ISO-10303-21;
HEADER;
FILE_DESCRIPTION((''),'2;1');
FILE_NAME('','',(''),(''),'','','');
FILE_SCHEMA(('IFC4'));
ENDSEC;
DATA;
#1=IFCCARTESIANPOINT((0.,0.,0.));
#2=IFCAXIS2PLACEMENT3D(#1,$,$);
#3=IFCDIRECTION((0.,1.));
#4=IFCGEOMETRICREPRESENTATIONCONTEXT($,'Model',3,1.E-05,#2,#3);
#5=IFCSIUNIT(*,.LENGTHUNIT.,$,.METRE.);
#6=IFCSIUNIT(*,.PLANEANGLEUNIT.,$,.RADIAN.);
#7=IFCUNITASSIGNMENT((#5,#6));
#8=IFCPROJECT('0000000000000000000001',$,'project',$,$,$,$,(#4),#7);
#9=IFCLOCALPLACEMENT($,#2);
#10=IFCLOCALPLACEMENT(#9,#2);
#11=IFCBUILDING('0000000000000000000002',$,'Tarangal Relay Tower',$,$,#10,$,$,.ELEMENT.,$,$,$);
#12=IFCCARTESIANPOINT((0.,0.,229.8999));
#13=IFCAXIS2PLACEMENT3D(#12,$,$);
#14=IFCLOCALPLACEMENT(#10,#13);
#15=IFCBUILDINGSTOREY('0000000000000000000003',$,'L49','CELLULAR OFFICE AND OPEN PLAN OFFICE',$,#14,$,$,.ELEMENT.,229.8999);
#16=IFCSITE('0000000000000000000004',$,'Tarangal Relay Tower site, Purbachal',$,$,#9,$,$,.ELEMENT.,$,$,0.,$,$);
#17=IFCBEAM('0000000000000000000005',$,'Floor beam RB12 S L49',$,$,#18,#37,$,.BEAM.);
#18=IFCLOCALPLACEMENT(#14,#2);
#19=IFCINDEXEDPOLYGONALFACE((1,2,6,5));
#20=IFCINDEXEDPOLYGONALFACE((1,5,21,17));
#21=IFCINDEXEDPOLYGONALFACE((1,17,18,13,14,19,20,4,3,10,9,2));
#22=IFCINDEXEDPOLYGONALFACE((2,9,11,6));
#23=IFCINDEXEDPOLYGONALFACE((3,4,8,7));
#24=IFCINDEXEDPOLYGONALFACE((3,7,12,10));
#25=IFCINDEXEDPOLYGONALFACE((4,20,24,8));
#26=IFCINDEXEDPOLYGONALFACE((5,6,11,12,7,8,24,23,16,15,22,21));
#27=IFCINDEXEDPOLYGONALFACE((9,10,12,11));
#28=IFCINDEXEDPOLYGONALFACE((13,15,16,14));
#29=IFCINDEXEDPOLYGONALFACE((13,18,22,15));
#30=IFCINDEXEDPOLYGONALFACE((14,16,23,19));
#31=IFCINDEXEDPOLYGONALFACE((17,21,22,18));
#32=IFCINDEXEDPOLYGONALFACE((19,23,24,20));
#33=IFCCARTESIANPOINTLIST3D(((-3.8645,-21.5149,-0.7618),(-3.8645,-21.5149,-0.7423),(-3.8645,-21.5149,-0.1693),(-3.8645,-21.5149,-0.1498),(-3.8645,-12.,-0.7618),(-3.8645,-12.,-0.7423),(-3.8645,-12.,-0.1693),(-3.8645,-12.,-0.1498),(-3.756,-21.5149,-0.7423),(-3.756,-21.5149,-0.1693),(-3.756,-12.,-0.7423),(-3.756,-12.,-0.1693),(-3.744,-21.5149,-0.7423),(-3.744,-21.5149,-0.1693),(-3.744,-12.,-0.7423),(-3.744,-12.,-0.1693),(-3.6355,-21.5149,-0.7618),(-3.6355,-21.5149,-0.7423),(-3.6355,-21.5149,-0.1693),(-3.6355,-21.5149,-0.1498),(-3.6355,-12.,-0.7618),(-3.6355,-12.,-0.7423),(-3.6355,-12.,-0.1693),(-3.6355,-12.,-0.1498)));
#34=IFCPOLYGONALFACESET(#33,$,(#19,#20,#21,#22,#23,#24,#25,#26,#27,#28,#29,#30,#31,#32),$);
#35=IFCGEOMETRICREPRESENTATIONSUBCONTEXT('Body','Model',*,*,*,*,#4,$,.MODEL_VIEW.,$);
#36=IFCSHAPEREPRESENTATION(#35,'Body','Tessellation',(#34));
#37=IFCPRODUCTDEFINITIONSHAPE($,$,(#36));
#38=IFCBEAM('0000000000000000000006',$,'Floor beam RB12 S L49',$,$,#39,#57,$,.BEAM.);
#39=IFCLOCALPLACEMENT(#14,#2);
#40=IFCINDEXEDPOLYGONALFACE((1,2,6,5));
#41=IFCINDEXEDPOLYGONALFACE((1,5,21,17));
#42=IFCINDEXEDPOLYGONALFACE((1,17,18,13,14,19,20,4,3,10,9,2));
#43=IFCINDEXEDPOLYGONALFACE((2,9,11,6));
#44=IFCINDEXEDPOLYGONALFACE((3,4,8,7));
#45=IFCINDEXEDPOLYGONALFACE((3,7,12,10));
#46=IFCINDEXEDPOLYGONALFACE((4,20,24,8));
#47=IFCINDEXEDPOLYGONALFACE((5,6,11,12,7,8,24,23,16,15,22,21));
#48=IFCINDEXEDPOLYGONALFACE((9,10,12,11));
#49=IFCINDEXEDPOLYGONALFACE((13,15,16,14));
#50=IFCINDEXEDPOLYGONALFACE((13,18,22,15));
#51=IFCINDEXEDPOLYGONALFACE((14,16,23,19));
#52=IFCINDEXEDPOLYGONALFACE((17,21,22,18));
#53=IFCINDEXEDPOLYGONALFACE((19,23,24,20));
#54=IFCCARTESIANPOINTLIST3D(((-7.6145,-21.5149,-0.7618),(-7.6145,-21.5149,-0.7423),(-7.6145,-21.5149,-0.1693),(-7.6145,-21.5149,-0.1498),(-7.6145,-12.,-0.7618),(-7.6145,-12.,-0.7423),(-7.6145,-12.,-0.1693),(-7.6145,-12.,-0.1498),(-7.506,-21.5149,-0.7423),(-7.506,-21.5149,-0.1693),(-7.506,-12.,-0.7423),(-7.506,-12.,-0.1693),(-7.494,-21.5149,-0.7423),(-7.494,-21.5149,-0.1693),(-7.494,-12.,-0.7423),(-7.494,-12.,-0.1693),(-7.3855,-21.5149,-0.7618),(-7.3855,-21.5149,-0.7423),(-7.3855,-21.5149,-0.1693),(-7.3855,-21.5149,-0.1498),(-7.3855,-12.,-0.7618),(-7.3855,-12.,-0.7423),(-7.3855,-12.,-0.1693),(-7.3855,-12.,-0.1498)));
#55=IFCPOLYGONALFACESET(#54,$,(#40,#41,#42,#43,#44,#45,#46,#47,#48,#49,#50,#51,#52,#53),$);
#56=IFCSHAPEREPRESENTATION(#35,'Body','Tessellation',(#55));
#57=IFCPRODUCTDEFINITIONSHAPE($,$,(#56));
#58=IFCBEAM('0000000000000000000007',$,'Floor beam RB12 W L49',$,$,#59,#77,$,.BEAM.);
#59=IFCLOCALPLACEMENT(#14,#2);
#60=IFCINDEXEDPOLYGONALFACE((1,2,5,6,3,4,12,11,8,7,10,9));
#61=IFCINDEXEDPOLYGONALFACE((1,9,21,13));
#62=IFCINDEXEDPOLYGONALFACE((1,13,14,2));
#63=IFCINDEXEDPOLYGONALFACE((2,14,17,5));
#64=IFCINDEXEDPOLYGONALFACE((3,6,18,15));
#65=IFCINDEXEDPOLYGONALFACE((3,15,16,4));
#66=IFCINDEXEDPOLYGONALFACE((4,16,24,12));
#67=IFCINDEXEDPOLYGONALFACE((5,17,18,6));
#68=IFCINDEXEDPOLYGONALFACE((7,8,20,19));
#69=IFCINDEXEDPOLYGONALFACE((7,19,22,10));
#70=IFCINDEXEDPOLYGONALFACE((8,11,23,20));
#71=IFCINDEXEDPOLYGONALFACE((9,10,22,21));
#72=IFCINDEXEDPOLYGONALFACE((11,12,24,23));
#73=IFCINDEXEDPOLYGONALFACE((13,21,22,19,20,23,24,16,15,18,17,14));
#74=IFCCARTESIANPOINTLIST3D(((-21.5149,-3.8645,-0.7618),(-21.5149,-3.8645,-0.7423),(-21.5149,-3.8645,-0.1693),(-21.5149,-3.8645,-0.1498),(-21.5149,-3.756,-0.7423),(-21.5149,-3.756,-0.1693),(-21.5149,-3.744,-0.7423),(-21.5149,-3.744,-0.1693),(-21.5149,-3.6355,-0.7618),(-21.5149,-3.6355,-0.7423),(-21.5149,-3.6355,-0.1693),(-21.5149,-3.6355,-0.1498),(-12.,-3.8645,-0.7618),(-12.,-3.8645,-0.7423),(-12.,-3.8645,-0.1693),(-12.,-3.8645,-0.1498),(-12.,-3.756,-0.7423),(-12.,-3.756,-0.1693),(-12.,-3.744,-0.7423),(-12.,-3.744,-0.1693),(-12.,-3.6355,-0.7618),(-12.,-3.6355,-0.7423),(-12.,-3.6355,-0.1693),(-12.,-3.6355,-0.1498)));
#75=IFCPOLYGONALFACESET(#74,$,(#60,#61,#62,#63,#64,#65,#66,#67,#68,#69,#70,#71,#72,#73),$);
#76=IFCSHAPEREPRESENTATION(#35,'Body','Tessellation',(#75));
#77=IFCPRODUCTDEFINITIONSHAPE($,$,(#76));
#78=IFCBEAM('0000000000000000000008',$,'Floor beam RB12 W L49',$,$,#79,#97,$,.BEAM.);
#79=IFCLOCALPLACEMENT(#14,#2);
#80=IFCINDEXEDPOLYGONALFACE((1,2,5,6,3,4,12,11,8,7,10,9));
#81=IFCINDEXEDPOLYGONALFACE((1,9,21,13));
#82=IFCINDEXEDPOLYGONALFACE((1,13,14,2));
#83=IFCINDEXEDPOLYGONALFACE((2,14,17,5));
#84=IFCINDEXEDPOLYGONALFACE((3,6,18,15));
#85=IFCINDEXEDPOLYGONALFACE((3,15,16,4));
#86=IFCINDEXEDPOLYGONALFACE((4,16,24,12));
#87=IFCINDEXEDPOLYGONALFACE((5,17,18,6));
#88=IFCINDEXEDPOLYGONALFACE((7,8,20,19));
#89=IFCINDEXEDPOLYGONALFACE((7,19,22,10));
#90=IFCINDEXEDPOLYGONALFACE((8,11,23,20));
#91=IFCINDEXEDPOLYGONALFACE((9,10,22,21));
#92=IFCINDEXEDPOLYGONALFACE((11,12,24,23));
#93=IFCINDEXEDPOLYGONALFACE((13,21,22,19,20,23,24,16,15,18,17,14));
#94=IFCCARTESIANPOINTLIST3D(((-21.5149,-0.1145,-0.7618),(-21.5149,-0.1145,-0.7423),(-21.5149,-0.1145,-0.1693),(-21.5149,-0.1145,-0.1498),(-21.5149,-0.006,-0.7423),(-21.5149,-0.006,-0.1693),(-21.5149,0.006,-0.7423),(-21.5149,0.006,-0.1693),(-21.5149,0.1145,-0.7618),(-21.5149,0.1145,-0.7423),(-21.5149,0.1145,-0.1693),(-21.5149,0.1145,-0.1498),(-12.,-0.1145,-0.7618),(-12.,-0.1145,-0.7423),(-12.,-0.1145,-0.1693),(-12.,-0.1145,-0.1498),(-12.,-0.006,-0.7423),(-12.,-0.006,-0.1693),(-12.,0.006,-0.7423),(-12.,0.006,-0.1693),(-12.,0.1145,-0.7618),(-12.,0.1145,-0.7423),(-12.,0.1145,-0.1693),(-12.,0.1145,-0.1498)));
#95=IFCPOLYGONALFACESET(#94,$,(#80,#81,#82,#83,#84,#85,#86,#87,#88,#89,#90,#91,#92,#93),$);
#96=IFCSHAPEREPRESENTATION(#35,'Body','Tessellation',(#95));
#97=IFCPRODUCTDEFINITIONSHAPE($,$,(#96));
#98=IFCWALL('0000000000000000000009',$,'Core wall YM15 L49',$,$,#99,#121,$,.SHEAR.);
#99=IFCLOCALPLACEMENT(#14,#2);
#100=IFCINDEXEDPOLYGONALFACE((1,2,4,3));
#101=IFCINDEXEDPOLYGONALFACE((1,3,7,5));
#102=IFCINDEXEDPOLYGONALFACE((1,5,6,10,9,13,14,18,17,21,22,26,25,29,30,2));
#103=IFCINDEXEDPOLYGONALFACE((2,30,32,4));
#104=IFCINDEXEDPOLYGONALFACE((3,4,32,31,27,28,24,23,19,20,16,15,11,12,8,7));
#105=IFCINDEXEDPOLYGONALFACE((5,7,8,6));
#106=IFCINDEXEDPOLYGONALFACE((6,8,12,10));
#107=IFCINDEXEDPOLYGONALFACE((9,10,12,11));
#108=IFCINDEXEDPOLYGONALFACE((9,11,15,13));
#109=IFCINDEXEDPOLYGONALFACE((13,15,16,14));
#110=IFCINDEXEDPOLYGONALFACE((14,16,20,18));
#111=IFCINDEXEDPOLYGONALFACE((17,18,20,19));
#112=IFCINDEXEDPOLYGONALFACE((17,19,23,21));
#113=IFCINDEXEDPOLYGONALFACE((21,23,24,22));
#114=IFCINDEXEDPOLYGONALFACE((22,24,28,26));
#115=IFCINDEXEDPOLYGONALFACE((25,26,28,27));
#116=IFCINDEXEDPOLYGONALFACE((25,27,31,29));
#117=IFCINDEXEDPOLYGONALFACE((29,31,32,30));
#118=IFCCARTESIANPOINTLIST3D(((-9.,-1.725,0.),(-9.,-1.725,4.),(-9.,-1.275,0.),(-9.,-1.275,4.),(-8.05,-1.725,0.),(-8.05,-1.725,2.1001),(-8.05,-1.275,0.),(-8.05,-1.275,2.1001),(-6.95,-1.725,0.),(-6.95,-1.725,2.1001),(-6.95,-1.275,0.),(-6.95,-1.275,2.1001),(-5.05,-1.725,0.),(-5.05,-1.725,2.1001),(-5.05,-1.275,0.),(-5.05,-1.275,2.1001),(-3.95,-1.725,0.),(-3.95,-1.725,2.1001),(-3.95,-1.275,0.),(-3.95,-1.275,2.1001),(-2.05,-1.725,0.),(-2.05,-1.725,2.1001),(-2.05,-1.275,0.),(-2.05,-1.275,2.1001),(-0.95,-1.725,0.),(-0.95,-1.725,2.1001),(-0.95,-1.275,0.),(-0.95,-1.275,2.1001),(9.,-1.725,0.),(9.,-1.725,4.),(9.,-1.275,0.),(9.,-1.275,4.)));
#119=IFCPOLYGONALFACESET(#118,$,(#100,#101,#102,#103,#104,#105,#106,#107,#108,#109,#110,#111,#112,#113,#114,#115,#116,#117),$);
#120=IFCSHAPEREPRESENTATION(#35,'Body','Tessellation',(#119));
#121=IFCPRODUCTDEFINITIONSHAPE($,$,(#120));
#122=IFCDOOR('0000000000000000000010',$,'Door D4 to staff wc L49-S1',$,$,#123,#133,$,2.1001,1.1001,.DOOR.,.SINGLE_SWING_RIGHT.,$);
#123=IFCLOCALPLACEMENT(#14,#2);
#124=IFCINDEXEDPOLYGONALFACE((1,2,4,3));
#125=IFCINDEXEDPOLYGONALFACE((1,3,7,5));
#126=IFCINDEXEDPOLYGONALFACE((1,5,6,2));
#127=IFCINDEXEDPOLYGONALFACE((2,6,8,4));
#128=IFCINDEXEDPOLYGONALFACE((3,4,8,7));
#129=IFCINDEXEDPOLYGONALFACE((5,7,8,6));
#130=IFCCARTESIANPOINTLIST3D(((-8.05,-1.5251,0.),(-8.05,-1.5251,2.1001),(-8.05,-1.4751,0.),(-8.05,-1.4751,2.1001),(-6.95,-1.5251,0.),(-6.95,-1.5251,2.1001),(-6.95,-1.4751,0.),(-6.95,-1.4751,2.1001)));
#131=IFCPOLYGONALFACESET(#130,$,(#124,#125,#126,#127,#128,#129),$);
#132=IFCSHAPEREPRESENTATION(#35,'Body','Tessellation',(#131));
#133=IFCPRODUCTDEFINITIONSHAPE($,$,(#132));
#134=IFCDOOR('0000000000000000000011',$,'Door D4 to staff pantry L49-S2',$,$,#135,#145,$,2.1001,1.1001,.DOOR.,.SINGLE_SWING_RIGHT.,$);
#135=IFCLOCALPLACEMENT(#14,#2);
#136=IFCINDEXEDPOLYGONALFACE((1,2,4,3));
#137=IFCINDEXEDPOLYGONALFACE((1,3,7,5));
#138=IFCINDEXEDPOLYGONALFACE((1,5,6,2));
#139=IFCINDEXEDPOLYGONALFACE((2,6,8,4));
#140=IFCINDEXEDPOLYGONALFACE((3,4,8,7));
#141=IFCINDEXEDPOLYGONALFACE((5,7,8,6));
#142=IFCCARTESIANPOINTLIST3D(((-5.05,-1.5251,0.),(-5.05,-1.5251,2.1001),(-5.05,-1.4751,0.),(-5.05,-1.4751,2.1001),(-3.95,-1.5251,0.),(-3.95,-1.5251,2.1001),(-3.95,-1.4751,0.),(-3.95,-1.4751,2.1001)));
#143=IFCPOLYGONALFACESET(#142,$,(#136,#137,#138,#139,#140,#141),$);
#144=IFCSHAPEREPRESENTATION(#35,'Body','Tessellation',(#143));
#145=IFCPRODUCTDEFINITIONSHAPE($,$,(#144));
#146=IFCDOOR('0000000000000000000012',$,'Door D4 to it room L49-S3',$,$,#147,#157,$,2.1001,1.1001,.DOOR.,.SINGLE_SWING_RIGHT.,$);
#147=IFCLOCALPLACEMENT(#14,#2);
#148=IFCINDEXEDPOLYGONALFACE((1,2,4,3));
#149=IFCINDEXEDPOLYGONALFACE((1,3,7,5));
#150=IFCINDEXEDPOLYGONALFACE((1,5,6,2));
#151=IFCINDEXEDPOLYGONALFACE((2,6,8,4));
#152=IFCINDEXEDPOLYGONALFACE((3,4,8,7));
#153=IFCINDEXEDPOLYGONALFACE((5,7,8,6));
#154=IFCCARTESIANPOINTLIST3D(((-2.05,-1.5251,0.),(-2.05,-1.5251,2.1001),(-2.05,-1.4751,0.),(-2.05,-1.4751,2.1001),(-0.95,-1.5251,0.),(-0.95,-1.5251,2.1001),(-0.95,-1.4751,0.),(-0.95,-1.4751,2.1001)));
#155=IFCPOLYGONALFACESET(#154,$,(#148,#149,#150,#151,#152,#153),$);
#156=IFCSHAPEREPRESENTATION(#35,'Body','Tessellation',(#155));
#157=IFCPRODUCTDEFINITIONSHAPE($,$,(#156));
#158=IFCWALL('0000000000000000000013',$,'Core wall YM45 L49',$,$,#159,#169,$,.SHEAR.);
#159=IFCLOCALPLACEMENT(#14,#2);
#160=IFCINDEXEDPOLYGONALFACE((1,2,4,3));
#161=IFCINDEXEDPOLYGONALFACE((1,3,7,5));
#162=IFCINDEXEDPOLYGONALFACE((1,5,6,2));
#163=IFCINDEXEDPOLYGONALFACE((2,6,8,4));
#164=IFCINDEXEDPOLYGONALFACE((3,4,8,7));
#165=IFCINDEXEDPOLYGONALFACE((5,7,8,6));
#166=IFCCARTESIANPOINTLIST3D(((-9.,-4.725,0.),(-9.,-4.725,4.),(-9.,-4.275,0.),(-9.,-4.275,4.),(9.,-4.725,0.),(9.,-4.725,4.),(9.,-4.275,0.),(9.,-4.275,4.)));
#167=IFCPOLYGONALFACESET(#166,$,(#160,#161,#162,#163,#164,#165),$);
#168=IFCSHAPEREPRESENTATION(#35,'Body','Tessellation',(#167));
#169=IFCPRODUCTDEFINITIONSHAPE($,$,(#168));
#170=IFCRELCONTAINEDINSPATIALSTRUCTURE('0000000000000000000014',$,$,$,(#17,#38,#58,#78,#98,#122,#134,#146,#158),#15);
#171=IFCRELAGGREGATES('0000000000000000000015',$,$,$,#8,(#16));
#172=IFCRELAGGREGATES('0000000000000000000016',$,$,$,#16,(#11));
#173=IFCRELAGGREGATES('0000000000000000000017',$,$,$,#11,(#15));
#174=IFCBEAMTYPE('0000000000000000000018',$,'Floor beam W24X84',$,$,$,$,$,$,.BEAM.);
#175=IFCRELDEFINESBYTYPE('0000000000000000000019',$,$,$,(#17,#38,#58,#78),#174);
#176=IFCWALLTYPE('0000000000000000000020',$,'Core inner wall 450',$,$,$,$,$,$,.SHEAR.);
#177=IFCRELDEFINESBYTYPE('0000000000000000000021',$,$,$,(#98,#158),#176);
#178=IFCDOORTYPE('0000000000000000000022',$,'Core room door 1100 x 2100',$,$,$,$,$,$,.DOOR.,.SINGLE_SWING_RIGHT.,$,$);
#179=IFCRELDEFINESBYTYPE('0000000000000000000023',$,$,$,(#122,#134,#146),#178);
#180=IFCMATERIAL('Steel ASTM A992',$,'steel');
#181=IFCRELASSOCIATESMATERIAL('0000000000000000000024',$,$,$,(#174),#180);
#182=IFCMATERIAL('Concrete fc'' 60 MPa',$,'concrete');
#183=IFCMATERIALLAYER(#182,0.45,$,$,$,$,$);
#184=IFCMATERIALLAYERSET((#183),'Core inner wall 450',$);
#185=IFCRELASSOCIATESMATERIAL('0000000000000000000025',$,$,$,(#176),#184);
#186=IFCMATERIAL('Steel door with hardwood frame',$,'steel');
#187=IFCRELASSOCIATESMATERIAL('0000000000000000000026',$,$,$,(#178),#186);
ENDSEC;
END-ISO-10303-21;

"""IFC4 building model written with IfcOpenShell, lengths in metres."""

from ifc_helpers import new_model, si_unit, direction, frame, frame_2d, origin, origin_2d, place, context, subcontext, project, spatial, rectangle, i_section, extrude, material, layer, layer_set, material_profile, profile_set, type_object, element, fill, save


model = new_model("IFC4")

# Units and contexts
model_context = context("Model", 3, precision=1e-05, world=origin(), true_north=direction((0.0, 1.0)))
body_context = subcontext(model_context, "Body", "Model", "MODEL_VIEW")
ifc_project = project(units=[si_unit("LENGTHUNIT", "METRE"), si_unit("PLANEANGLEUNIT", "RADIAN")], contexts=[model_context])

# Site, building, storey
site_placement = place(None, origin())
site = spatial("IfcSite", under=ifc_project, at=site_placement, Name="Tarangal Relay Tower site, Purbachal", CompositionType="ELEMENT", RefElevation=0.0)
building_placement = place(site_placement, origin())
building = spatial("IfcBuilding", under=site, at=building_placement, Name="Tarangal Relay Tower", CompositionType="ELEMENT")
storey_placement = place(building_placement, frame((0.0, 0.0, 229.8999)))
storey = spatial("IfcBuildingStorey", under=building, at=storey_placement, Name="L49", Description="CELLULAR OFFICE AND OPEN PLAN OFFICE", CompositionType="ELEMENT", Elevation=229.8999)

# Beams
ifc_material_1 = material(Name="Steel ASTM A992", Category="steel")
ifc_material_profile = material_profile(ifc_material_1, i_section(OverallWidth=0.229, OverallDepth=0.6121, WebThickness=0.012, FlangeThickness=0.0195, at=origin_2d()), Name="W24X84")
ifc_profile_set = profile_set([ifc_material_profile], Name="Steel ASTM A992")
beam_type = type_object("IfcBeamType", Name="Floor beam W24X84", PredefinedType="BEAM", material=ifc_profile_set)
for number, where, z_axis, x_axis, name in (
    (1, (-3.75, -12.0, -0.4558), (0.0, -1.0, 0.0), (1.0, 0.0, 0.0), "Floor beam RB12 S L49"),
    (2, (-7.5, -12.0, -0.4558), (0.0, -1.0, 0.0), (1.0, 0.0, 0.0), "Floor beam RB12 S L49"),
    (3, (-12.0, -3.75, -0.4558), (-1.0, 0.0, 0.0), (0.0, -1.0, 0.0), "Floor beam RB12 W L49"),
    (4, (-12.0, 0.0, -0.4558), (-1.0, 0.0, 0.0), (0.0, -1.0, 0.0), "Floor beam RB12 W L49"),
):
    element("IfcBeam", number, at=place(storey_placement, frame(where, z_axis=z_axis, x_axis=x_axis)), inside=storey, type_object=beam_type, Name=name, PredefinedType="BEAM", context=body_context, shape_type="SweptSolid", body=[
        extrude(i_section(OverallWidth=0.229, OverallDepth=0.6121, WebThickness=0.012, FlangeThickness=0.0195, at=origin_2d()), origin(), (0.0, 0.0, 1.0), 9.5149),
    ])

# Wall, openings, doors
ifc_material_2 = material(Name="Concrete fc' 60 MPa", Category="concrete")
ifc_layer_1 = layer(ifc_material_2, 0.45)
ifc_layer_set_1 = layer_set([ifc_layer_1], Name="Core inner wall 450")
wall_type_1 = type_object("IfcWallType", Name="Core inner wall 450", PredefinedType="SHEAR", material=ifc_layer_set_1)
wall_1_placement = place(storey_placement, frame((-9.0, -1.5, 0.0), z_axis=(0.0, 0.0, 1.0), x_axis=(1.0, 0.0, 0.0)))
wall_1 = element("IfcWall", 5, at=wall_1_placement, inside=storey, type_object=wall_type_1, Name="Core wall YM15 L49", PredefinedType="SHEAR", context=body_context, shape_type="SweptSolid", body=[
    extrude(rectangle(XDim=18.0, YDim=0.45, at=frame_2d((9.0, 0.0))), origin(), (0.0, 0.0, 1.0), 4.0),
])
opening_1_placement = place(wall_1_placement, frame((0.95, 0.0, 0.0)))
opening_1 = element("IfcOpeningElement", 6, at=opening_1_placement, cuts=wall_1, PredefinedType="OPENING", context=body_context, shape_type="SweptSolid", body=[
    extrude(rectangle(XDim=1.1001, YDim=2.1001, at=frame_2d((0.55, 1.05))), frame((0.0, 0.2349, 0.0), z_axis=(0.0, -1.0, 0.0), x_axis=(1.0, 0.0, 0.0)), (0.0, 0.0, 1.0), 0.47),
])
opening_2_placement = place(wall_1_placement, frame((3.95, 0.0, 0.0)))
opening_2 = element("IfcOpeningElement", 7, at=opening_2_placement, cuts=wall_1, PredefinedType="OPENING", context=body_context, shape_type="SweptSolid", body=[
    extrude(rectangle(XDim=1.1001, YDim=2.1001, at=frame_2d((0.55, 1.05))), frame((0.0, 0.2349, 0.0), z_axis=(0.0, -1.0, 0.0), x_axis=(1.0, 0.0, 0.0)), (0.0, 0.0, 1.0), 0.47),
])
opening_3_placement = place(wall_1_placement, frame((6.95, 0.0, 0.0)))
opening_3 = element("IfcOpeningElement", 8, at=opening_3_placement, cuts=wall_1, PredefinedType="OPENING", context=body_context, shape_type="SweptSolid", body=[
    extrude(rectangle(XDim=1.1001, YDim=2.1001, at=frame_2d((0.55, 1.05))), frame((0.0, 0.2349, 0.0), z_axis=(0.0, -1.0, 0.0), x_axis=(1.0, 0.0, 0.0)), (0.0, 0.0, 1.0), 0.47),
])
ifc_material_3 = material(Name="Steel door with hardwood frame", Category="steel")
door_type_1 = type_object("IfcDoorType", Name="Core room door 1100 x 2100", OperationType="SINGLE_SWING_RIGHT", PredefinedType="DOOR", material=ifc_material_3)
door_1_placement = place(opening_1_placement, origin())
door_1 = element("IfcDoor", 9, at=door_1_placement, inside=storey, type_object=door_type_1, Name="Door D4 to staff wc L49-S1", OperationType="SINGLE_SWING_RIGHT", OverallHeight=2.1001, OverallWidth=1.1001, PredefinedType="DOOR", context=body_context, shape_type="SweptSolid", body=[
    extrude(rectangle(XDim=1.1001, YDim=2.1001, at=frame_2d((0.55, 1.05))), frame((0.0, 0.0249, 0.0), z_axis=(0.0, -1.0, 0.0), x_axis=(1.0, 0.0, 0.0)), (0.0, 0.0, 1.0), 0.05),
])
fill(opening_1, door_1)
door_2_placement = place(opening_2_placement, origin())
door_2 = element("IfcDoor", 10, at=door_2_placement, inside=storey, type_object=door_type_1, Name="Door D4 to staff pantry L49-S2", OperationType="SINGLE_SWING_RIGHT", OverallHeight=2.1001, OverallWidth=1.1001, PredefinedType="DOOR", context=body_context, shape_type="SweptSolid", body=[
    extrude(rectangle(XDim=1.1001, YDim=2.1001, at=frame_2d((0.55, 1.05))), frame((0.0, 0.0249, 0.0), z_axis=(0.0, -1.0, 0.0), x_axis=(1.0, 0.0, 0.0)), (0.0, 0.0, 1.0), 0.05),
])
fill(opening_2, door_2)
door_3_placement = place(opening_3_placement, origin())
door_3 = element("IfcDoor", 11, at=door_3_placement, inside=storey, type_object=door_type_1, Name="Door D4 to it room L49-S3", OperationType="SINGLE_SWING_RIGHT", OverallHeight=2.1001, OverallWidth=1.1001, PredefinedType="DOOR", context=body_context, shape_type="SweptSolid", body=[
    extrude(rectangle(XDim=1.1001, YDim=2.1001, at=frame_2d((0.55, 1.05))), frame((0.0, 0.0249, 0.0), z_axis=(0.0, -1.0, 0.0), x_axis=(1.0, 0.0, 0.0)), (0.0, 0.0, 1.0), 0.05),
])
fill(opening_3, door_3)

# Wall
wall_2_placement = place(storey_placement, frame((-9.0, -4.5, 0.0), z_axis=(0.0, 0.0, 1.0), x_axis=(1.0, 0.0, 0.0)))
element("IfcWall", 12, at=wall_2_placement, inside=storey, type_object=wall_type_1, Name="Core wall YM45 L49", PredefinedType="SHEAR", context=body_context, shape_type="SweptSolid", body=[
    extrude(rectangle(XDim=18.0, YDim=0.45, at=frame_2d((9.0, 0.0))), origin(), (0.0, 0.0, 1.0), 4.0),
])

save(model, "model.ifc")
